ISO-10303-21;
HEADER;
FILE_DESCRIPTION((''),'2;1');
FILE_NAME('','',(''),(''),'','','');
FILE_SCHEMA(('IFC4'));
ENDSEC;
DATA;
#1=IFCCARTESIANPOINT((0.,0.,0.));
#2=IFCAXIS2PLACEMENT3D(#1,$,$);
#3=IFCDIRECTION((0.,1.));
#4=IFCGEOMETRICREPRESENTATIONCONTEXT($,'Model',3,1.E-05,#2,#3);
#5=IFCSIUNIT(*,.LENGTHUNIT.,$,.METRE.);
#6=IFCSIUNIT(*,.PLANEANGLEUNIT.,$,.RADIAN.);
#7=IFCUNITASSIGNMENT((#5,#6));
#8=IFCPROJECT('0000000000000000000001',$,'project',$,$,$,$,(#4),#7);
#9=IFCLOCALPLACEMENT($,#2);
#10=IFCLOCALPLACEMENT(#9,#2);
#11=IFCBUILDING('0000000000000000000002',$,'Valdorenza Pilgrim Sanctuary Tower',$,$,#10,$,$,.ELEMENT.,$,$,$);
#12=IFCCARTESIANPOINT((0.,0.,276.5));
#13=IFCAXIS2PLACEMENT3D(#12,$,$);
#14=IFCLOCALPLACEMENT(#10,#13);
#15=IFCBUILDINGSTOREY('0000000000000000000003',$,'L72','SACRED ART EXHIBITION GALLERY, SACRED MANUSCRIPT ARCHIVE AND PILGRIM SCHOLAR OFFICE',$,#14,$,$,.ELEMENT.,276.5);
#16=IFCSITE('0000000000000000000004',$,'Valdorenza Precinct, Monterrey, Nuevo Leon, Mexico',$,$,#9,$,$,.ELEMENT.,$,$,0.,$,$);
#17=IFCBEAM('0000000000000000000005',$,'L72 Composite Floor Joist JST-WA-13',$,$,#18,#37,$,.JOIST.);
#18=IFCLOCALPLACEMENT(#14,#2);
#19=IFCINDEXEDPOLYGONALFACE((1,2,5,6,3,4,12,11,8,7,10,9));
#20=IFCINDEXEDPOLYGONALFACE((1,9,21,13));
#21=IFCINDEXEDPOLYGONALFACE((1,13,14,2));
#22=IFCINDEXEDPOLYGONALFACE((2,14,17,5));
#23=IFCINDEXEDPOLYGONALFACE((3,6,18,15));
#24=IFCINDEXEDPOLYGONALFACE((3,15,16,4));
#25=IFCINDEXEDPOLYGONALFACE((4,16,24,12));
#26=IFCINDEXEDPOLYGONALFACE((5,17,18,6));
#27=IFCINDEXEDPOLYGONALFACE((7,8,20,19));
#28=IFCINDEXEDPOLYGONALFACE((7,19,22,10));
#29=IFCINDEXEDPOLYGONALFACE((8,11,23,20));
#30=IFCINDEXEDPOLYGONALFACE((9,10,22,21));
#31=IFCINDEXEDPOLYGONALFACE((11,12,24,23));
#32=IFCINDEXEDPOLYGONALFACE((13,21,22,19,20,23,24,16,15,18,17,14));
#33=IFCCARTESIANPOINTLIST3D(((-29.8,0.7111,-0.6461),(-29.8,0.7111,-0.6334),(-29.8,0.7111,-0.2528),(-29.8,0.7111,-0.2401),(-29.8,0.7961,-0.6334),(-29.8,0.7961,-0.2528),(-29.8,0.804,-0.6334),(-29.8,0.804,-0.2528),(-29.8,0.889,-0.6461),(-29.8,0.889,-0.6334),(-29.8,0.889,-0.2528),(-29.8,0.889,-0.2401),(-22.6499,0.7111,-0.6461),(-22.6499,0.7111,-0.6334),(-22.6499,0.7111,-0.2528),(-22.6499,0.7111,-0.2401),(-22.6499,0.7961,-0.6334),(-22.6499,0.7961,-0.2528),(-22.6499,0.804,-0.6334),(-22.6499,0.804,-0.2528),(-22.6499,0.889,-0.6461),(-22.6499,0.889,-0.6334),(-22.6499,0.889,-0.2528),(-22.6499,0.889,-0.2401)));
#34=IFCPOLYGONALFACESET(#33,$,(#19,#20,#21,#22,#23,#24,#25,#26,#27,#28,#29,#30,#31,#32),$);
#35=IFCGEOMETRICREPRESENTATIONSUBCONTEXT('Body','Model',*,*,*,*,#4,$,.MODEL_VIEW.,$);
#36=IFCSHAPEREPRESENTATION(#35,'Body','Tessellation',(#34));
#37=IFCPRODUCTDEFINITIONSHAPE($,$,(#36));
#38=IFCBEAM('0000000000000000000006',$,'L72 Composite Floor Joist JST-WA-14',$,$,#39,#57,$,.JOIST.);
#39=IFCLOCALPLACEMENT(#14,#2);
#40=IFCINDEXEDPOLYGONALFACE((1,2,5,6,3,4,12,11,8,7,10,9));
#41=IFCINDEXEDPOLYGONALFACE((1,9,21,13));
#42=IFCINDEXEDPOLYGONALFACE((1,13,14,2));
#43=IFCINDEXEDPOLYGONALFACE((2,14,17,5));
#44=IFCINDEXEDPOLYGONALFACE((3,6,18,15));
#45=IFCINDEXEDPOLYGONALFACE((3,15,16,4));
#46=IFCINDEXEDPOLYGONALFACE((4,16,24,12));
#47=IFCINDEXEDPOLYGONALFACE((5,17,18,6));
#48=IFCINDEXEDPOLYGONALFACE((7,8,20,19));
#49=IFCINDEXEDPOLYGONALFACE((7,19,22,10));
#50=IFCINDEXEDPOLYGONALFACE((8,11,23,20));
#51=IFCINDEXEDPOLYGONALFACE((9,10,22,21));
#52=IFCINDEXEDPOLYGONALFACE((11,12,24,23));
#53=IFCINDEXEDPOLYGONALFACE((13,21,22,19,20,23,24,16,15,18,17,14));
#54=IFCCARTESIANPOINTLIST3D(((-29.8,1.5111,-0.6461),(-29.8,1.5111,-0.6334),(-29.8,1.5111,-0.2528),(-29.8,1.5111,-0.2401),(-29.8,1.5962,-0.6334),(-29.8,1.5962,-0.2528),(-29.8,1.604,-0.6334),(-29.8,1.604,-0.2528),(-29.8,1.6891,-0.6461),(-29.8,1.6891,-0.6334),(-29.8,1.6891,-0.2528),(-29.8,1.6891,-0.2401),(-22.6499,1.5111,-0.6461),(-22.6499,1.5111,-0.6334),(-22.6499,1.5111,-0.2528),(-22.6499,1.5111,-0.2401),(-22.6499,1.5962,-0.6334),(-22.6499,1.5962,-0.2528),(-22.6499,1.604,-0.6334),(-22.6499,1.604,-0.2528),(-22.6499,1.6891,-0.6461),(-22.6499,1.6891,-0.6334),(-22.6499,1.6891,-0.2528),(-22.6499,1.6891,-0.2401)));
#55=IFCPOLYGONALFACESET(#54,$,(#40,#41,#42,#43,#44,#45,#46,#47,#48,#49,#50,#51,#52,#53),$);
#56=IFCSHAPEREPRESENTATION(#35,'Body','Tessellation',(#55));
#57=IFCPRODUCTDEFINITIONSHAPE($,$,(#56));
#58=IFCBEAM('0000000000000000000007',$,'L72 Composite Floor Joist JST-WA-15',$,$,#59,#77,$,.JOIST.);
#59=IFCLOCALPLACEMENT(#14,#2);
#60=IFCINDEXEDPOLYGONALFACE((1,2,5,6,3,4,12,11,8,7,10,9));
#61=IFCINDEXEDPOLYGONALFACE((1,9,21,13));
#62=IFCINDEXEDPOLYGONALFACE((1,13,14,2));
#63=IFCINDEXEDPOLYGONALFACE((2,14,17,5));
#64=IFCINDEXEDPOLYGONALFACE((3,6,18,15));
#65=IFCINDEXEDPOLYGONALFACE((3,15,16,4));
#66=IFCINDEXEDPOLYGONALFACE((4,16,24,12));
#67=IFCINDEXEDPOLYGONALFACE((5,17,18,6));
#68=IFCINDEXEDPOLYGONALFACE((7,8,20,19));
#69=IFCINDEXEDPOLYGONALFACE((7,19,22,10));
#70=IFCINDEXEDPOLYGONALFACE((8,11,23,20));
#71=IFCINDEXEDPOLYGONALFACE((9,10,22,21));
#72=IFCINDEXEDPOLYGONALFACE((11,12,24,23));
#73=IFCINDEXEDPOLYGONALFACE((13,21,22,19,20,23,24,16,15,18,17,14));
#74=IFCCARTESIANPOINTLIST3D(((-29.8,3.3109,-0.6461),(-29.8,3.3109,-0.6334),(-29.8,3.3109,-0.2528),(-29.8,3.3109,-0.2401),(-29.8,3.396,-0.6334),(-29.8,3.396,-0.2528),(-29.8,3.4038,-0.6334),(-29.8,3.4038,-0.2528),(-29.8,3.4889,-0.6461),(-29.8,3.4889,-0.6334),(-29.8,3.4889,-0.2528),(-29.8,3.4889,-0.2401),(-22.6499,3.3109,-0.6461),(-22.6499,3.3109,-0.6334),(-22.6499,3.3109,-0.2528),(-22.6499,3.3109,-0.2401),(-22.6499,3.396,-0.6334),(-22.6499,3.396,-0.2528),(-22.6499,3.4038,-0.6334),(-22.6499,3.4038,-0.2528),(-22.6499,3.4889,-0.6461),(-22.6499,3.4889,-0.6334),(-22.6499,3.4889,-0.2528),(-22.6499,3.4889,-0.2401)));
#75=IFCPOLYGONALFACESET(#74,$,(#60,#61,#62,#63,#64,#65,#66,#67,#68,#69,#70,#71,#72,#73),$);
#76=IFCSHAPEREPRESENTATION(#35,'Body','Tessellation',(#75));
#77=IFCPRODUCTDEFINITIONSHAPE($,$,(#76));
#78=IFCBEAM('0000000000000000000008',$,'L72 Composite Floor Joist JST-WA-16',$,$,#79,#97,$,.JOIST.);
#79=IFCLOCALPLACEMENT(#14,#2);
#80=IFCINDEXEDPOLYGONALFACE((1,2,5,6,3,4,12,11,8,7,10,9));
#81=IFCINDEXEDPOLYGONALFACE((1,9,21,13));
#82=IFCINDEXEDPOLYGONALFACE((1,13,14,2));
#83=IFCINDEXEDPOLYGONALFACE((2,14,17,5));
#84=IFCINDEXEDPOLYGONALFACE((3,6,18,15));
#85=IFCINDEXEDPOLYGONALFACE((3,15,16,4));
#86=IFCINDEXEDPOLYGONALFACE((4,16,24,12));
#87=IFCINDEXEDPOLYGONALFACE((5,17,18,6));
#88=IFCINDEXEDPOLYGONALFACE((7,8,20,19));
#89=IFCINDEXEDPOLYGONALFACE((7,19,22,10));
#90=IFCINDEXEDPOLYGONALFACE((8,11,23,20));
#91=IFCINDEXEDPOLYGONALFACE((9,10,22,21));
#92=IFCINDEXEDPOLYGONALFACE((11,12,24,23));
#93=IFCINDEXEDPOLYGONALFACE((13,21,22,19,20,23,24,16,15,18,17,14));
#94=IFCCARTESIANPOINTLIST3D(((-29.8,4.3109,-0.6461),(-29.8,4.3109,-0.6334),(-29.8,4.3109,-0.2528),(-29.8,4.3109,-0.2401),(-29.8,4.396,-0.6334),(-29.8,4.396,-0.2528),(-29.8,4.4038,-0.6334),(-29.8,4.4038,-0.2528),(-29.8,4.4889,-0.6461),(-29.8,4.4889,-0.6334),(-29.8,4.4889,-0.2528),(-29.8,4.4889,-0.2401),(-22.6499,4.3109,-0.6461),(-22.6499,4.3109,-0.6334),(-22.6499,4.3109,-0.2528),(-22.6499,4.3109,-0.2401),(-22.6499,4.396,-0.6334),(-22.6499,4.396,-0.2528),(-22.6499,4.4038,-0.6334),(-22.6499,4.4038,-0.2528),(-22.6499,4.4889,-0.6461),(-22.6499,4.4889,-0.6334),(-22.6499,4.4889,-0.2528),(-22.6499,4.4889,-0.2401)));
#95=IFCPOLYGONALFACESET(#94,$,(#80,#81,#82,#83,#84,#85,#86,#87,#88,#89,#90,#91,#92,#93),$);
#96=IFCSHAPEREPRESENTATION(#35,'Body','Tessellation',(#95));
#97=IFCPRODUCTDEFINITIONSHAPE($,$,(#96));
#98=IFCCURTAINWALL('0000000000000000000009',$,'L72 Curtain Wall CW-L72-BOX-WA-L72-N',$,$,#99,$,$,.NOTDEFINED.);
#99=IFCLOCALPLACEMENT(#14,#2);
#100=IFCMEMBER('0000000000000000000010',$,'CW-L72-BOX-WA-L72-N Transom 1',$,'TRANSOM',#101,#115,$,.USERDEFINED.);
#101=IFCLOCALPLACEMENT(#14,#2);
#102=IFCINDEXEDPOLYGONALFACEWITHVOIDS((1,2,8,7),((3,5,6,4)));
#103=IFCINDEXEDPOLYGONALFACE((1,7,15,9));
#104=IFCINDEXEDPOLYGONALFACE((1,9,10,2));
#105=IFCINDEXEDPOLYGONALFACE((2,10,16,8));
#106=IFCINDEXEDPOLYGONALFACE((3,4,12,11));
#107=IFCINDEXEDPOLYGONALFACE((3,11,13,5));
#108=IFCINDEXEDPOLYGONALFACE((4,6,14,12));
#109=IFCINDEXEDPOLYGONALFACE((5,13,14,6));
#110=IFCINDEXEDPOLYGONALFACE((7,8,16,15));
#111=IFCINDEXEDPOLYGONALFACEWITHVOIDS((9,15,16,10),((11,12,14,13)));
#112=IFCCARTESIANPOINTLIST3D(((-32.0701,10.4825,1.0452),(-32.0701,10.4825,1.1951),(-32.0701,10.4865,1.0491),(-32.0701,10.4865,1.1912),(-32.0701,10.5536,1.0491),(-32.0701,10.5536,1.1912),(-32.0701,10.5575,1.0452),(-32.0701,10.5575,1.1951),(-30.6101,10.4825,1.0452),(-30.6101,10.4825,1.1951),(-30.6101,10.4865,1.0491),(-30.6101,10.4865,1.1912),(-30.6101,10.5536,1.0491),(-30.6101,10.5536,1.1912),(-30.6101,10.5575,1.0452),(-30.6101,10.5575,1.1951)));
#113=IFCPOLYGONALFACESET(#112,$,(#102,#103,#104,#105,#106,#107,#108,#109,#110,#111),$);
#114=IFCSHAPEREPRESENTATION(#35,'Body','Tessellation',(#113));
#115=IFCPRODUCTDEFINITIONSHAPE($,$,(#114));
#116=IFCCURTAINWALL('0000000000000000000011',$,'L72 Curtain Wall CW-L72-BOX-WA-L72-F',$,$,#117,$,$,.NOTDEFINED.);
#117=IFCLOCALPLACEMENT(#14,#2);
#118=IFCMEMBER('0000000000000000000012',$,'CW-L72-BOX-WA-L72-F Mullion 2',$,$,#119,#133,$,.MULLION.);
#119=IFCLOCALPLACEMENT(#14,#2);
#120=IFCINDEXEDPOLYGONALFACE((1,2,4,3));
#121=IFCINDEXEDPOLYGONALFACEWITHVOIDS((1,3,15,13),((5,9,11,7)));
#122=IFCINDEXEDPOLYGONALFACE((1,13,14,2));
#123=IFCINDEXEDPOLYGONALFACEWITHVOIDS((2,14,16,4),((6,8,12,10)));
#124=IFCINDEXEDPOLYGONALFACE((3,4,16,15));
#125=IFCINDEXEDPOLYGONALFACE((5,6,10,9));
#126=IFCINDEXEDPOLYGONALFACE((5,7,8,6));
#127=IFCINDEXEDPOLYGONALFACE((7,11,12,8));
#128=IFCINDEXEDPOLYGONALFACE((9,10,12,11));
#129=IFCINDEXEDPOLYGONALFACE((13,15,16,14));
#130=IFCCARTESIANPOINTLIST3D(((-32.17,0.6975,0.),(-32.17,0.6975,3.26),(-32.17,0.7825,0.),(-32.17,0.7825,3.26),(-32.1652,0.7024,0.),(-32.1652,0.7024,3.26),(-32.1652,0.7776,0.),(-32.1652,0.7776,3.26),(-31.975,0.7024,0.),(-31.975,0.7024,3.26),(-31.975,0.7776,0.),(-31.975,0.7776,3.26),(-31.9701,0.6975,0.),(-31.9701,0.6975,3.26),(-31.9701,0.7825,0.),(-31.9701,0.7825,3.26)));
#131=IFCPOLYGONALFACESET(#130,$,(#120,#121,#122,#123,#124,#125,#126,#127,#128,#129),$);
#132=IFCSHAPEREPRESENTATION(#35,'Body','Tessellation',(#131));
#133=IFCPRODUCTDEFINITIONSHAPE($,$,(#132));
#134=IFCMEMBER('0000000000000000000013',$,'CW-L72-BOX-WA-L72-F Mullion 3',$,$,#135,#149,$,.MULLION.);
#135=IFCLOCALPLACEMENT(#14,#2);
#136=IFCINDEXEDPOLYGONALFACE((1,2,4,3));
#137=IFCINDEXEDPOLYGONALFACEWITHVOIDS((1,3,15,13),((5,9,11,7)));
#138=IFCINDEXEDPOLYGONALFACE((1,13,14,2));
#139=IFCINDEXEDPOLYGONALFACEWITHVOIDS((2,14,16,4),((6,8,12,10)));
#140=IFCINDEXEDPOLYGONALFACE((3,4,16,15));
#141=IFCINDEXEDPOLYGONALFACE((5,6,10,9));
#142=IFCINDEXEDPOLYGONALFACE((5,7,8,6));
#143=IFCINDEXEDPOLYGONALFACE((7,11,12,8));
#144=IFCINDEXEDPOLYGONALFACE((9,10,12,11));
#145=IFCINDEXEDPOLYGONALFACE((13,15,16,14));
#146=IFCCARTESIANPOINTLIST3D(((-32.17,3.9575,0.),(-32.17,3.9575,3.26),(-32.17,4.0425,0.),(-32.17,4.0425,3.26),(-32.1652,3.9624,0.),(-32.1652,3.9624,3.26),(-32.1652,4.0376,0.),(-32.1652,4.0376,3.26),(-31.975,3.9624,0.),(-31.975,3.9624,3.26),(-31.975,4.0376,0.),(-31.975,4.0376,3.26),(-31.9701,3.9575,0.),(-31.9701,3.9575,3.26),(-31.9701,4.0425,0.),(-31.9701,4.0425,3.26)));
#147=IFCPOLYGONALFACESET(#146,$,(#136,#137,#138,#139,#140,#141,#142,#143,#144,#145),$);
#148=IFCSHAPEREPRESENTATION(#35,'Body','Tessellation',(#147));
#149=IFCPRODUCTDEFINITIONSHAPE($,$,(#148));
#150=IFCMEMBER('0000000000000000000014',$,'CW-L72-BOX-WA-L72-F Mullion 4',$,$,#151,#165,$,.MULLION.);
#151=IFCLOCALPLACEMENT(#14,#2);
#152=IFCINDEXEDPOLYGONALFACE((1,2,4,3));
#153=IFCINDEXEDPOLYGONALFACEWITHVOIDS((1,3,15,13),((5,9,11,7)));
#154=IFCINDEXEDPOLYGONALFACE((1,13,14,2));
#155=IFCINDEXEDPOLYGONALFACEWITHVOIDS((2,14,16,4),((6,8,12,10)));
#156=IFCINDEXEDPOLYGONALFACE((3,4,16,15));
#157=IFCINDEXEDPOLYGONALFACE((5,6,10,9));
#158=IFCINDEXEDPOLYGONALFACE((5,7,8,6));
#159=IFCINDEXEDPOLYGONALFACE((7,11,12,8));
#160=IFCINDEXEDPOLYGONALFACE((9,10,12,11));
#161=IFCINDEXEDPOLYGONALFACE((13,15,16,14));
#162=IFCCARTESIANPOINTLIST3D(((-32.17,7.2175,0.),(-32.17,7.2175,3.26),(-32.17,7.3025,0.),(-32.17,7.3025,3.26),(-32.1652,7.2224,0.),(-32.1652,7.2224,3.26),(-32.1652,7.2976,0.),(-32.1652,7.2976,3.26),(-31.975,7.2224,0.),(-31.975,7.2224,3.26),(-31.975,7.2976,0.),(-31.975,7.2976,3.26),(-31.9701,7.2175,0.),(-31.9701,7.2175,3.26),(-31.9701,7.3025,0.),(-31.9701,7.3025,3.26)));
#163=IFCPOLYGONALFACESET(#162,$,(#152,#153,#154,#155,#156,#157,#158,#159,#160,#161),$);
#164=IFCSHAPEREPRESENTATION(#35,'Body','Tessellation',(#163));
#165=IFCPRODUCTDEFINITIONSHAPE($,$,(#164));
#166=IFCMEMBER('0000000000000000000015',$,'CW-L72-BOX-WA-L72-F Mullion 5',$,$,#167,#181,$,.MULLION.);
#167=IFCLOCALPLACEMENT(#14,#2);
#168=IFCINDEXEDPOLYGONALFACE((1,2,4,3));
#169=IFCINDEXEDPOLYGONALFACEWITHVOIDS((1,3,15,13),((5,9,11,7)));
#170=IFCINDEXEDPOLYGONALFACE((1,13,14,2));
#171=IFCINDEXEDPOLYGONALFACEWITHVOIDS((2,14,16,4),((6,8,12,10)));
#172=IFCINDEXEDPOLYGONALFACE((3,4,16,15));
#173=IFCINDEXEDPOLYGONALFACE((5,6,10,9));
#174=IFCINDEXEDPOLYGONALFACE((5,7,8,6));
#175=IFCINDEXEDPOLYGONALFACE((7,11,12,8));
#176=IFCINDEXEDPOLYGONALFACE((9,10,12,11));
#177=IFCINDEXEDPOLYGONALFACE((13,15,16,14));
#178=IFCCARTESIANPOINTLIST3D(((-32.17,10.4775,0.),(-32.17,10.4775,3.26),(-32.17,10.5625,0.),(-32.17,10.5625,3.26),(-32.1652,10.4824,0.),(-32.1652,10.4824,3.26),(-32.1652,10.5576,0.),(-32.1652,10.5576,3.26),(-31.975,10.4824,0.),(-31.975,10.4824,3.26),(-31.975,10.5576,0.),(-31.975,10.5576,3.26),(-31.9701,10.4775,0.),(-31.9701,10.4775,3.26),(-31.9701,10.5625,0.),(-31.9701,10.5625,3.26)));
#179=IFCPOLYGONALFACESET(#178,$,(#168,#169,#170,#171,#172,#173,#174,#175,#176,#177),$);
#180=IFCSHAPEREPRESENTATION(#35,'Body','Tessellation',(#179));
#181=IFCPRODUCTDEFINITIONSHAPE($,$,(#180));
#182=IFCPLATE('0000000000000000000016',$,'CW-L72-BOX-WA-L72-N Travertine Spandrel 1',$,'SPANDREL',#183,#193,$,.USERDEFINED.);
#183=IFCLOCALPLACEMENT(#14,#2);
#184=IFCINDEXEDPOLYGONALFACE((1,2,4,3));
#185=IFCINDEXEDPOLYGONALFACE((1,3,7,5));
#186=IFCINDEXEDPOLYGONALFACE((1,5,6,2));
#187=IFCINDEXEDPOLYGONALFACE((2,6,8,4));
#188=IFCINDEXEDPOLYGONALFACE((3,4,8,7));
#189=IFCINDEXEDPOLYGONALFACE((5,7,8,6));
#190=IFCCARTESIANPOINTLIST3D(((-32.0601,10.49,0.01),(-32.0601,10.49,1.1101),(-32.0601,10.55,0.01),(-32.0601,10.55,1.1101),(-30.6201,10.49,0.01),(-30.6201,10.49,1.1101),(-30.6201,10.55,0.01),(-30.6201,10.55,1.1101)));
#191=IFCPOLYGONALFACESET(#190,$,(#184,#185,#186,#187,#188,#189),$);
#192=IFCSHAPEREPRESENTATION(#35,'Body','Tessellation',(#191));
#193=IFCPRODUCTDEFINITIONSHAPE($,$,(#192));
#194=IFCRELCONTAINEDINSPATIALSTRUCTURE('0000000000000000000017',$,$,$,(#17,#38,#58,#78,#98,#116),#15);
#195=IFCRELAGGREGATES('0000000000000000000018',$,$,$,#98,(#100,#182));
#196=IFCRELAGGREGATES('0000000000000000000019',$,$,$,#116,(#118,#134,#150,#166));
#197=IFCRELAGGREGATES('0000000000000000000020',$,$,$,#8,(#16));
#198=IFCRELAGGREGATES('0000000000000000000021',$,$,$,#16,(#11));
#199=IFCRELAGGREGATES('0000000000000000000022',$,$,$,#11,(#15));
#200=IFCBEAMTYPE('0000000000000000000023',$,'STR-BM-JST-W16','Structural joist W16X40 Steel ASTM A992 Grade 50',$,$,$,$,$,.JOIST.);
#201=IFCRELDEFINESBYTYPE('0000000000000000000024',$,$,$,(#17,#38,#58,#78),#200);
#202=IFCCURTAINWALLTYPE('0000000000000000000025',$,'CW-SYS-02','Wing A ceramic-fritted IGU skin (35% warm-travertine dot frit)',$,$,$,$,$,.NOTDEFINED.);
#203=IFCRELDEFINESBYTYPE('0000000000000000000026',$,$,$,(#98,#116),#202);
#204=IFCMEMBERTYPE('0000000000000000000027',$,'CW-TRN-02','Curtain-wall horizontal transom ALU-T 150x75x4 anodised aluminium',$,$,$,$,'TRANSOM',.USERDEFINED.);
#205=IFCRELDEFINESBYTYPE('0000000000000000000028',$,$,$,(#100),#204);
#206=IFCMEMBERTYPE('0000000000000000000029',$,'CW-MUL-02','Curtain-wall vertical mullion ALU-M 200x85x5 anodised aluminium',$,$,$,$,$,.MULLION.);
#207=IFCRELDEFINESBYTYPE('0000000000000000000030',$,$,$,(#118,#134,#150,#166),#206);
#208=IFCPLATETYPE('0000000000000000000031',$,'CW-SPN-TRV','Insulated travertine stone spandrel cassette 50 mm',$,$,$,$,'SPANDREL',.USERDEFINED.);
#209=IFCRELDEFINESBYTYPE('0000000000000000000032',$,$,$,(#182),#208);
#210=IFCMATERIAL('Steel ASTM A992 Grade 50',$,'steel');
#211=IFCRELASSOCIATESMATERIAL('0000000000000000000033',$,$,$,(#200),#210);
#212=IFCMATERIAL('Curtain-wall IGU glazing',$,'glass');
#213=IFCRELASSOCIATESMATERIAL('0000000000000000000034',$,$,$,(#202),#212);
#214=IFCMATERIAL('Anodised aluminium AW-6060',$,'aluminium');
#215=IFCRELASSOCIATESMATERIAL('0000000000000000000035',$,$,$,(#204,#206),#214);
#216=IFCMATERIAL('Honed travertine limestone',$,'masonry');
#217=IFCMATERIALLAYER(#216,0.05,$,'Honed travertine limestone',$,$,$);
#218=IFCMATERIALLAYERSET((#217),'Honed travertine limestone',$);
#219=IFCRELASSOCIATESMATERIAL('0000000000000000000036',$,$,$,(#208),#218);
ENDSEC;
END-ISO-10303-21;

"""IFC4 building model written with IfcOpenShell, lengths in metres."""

from ifc_helpers import new_model, si_unit, direction, frame, origin, origin_2d, place, context, subcontext, project, spatial, rectangle, hollow_rectangle, i_section, extrude, source, transform, mapped, material, layer, layer_set, material_profile, profile_set, type_object, element, aggregate, save


model = new_model("IFC4")

# Units and contexts
model_context = context("Model", 3, precision=1e-05, world=origin(), true_north=direction((0.0, 1.0)))
body_context = subcontext(model_context, "Body", "Model", "MODEL_VIEW")
ifc_project = project(units=[si_unit("LENGTHUNIT", "METRE"), si_unit("PLANEANGLEUNIT", "RADIAN")], contexts=[model_context])

# Site, building, storey
site_placement = place(None, origin())
site = spatial("IfcSite", under=ifc_project, at=site_placement, Name="Valdorenza Precinct, Monterrey, Nuevo Leon, Mexico", CompositionType="ELEMENT", RefElevation=0.0)
building_placement = place(site_placement, origin())
building = spatial("IfcBuilding", under=site, at=building_placement, Name="Valdorenza Pilgrim Sanctuary Tower", CompositionType="ELEMENT")
storey_placement = place(building_placement, frame((0.0, 0.0, 276.5)))
storey = spatial("IfcBuildingStorey", under=building, at=storey_placement, Name="L72", Description="SACRED ART EXHIBITION GALLERY, SACRED MANUSCRIPT ARCHIVE AND PILGRIM SCHOLAR OFFICE", CompositionType="ELEMENT", Elevation=276.5)

# Beams
ifc_material_1 = material(Name="Steel ASTM A992 Grade 50", Category="steel")
ifc_material_profile_1 = material_profile(ifc_material_1, i_section(OverallWidth=0.178, OverallDepth=0.406, WebThickness=0.0078, FlangeThickness=0.0127, at=origin_2d()), Name="W16X40")
ifc_profile_set_1 = profile_set([ifc_material_profile_1], Name="Steel ASTM A992 Grade 50")
beam_type = type_object("IfcBeamType", Name="STR-BM-JST-W16", Description="Structural joist W16X40 Steel ASTM A992 Grade 50", PredefinedType="JOIST", material=ifc_profile_set_1)
shared_shape_1 = source(origin(), body_context, "Body", "SweptSolid", [
    extrude(i_section(OverallWidth=0.178, OverallDepth=0.406, WebThickness=0.0078, FlangeThickness=0.0127, at=origin_2d()), origin(), (0.0, 0.0, 1.0), 7.1501),
])
for number, where, z_axis, x_axis, name in (
    (1, (-29.8, 0.8, -0.4431), (1.0, 0.0, 0.0), (0.0, 1.0, 0.0), "L72 Composite Floor Joist JST-WA-13"),
    (2, (-29.8, 1.6001, -0.4431), (1.0, 0.0, 0.0), (0.0, 1.0, 0.0), "L72 Composite Floor Joist JST-WA-14"),
    (3, (-29.8, 3.3999, -0.4431), (1.0, 0.0, 0.0), (0.0, 1.0, 0.0), "L72 Composite Floor Joist JST-WA-15"),
    (4, (-29.8, 4.3999, -0.4431), (1.0, 0.0, 0.0), (0.0, 1.0, 0.0), "L72 Composite Floor Joist JST-WA-16"),
):
    element("IfcBeam", number, at=place(storey_placement, frame(where, z_axis=z_axis, x_axis=x_axis)), inside=storey, type_object=beam_type, Name=name, PredefinedType="JOIST", context=body_context, shape_type="MappedRepresentation", body=[
        mapped(shared_shape_1, transform((0.0, 0.0, 0.0), x_axis=(1.0, 0.0, 0.0), y_axis=(0.0, 1.0, 0.0), z_axis=(0.0, 0.0, 1.0), scale=1.0)),
    ])

# Curtain wall, member
ifc_material_2 = material(Name="Curtain-wall IGU glazing", Category="glass")
curtain_wall_type = type_object("IfcCurtainWallType", Name="CW-SYS-02", Description="Wing A ceramic-fritted IGU skin (35% warm-travertine dot frit)", PredefinedType="NOTDEFINED", material=ifc_material_2)
curtain_wall_1_placement = place(storey_placement, origin())
curtain_wall_1 = element("IfcCurtainWall", 5, at=curtain_wall_1_placement, inside=storey, type_object=curtain_wall_type, Name="L72 Curtain Wall CW-L72-BOX-WA-L72-N", PredefinedType="NOTDEFINED")
ifc_material_3 = material(Name="Anodised aluminium AW-6060", Category="aluminium")
ifc_material_profile_2 = material_profile(ifc_material_3, hollow_rectangle(XDim=0.075, YDim=0.1499, WallThickness=0.0039, at=origin_2d()), Name="ALU-T 150x75x4")
ifc_profile_set_2 = profile_set([ifc_material_profile_2], Name="Anodised aluminium AW-6060")
member_type_1 = type_object("IfcMemberType", Name="CW-TRN-02", Description="Curtain-wall horizontal transom ALU-T 150x75x4 anodised aluminium", ElementType="TRANSOM", PredefinedType="USERDEFINED", material=ifc_profile_set_2)
shared_shape_2 = source(origin(), body_context, "Body", "SweptSolid", [
    extrude(hollow_rectangle(XDim=0.075, YDim=0.1499, WallThickness=0.0039, at=origin_2d()), origin(), (0.0, 0.0, 1.0), 1.46),
])
member_1_placement = place(storey_placement, frame((-32.0701, 10.52, 1.1201), z_axis=(1.0, 0.0, 0.0), x_axis=(0.0, 1.0, 0.0)))
member_1 = element("IfcMember", 6, at=member_1_placement, type_object=member_type_1, Name="CW-L72-BOX-WA-L72-N Transom 1", ObjectType="TRANSOM", PredefinedType="USERDEFINED", context=body_context, shape_type="MappedRepresentation", body=[
    mapped(shared_shape_2, transform((0.0, 0.0, 0.0), x_axis=(1.0, 0.0, 0.0), y_axis=(0.0, 1.0, 0.0), z_axis=(0.0, 0.0, 1.0), scale=1.0)),
])

# Curtain wall, members
curtain_wall_2_placement = place(storey_placement, origin())
curtain_wall_2 = element("IfcCurtainWall", 7, at=curtain_wall_2_placement, inside=storey, type_object=curtain_wall_type, Name="L72 Curtain Wall CW-L72-BOX-WA-L72-F", PredefinedType="NOTDEFINED")
ifc_material_profile_3 = material_profile(ifc_material_3, hollow_rectangle(XDim=0.085, YDim=0.2, WallThickness=0.0049, at=origin_2d()), Name="ALU-M 200x85x5")
ifc_profile_set_3 = profile_set([ifc_material_profile_3], Name="Anodised aluminium AW-6060")
member_type_2 = type_object("IfcMemberType", Name="CW-MUL-02", Description="Curtain-wall vertical mullion ALU-M 200x85x5 anodised aluminium", PredefinedType="MULLION", material=ifc_profile_set_3)
shared_shape_3 = source(origin(), body_context, "Body", "SweptSolid", [
    extrude(hollow_rectangle(XDim=0.085, YDim=0.2, WallThickness=0.0049, at=origin_2d()), origin(), (0.0, 0.0, 1.0), 3.26),
])
member_2_placement = place(storey_placement, frame((-32.0701, 0.74, 0.0), z_axis=(0.0, 0.0, 1.0), x_axis=(0.0, 1.0, 0.0)))
member_2 = element("IfcMember", 8, at=member_2_placement, type_object=member_type_2, Name="CW-L72-BOX-WA-L72-F Mullion 2", PredefinedType="MULLION", context=body_context, shape_type="MappedRepresentation", body=[
    mapped(shared_shape_3, transform((0.0, 0.0, 0.0), x_axis=(1.0, 0.0, 0.0), y_axis=(0.0, 1.0, 0.0), z_axis=(0.0, 0.0, 1.0), scale=1.0)),
])
member_3_placement = place(storey_placement, frame((-32.0701, 4.0, 0.0), z_axis=(0.0, 0.0, 1.0), x_axis=(0.0, 1.0, 0.0)))
member_3 = element("IfcMember", 9, at=member_3_placement, type_object=member_type_2, Name="CW-L72-BOX-WA-L72-F Mullion 3", PredefinedType="MULLION", context=body_context, shape_type="MappedRepresentation", body=[
    mapped(shared_shape_3, transform((0.0, 0.0, 0.0), x_axis=(1.0, 0.0, 0.0), y_axis=(0.0, 1.0, 0.0), z_axis=(0.0, 0.0, 1.0), scale=1.0)),
])
member_4_placement = place(storey_placement, frame((-32.0701, 7.26, 0.0), z_axis=(0.0, 0.0, 1.0), x_axis=(0.0, 1.0, 0.0)))
member_4 = element("IfcMember", 10, at=member_4_placement, type_object=member_type_2, Name="CW-L72-BOX-WA-L72-F Mullion 4", PredefinedType="MULLION", context=body_context, shape_type="MappedRepresentation", body=[
    mapped(shared_shape_3, transform((0.0, 0.0, 0.0), x_axis=(1.0, 0.0, 0.0), y_axis=(0.0, 1.0, 0.0), z_axis=(0.0, 0.0, 1.0), scale=1.0)),
])
member_5_placement = place(storey_placement, frame((-32.0701, 10.52, 0.0), z_axis=(0.0, 0.0, 1.0), x_axis=(0.0, 1.0, 0.0)))
member_5 = element("IfcMember", 11, at=member_5_placement, type_object=member_type_2, Name="CW-L72-BOX-WA-L72-F Mullion 5", PredefinedType="MULLION", context=body_context, shape_type="MappedRepresentation", body=[
    mapped(shared_shape_3, transform((0.0, 0.0, 0.0), x_axis=(1.0, 0.0, 0.0), y_axis=(0.0, 1.0, 0.0), z_axis=(0.0, 0.0, 1.0), scale=1.0)),
])

# Plate
ifc_material_4 = material(Name="Honed travertine limestone", Category="masonry")
ifc_layer_1 = layer(ifc_material_4, 0.05, Name="Honed travertine limestone")
ifc_layer_set_1 = layer_set([ifc_layer_1], Name="Honed travertine limestone")
plate_type_1 = type_object("IfcPlateType", Name="CW-SPN-TRV", Description="Insulated travertine stone spandrel cassette 50 mm", ElementType="SPANDREL", PredefinedType="USERDEFINED", material=ifc_layer_set_1)
shared_shape_4 = source(origin(), body_context, "Body", "SweptSolid", [
    extrude(rectangle(XDim=1.4399, YDim=0.0601, at=origin_2d()), origin(), (0.0, 0.0, 1.0), 1.1001),
])
plate_1_placement = place(storey_placement, frame((-31.3401, 10.52, 0.01), z_axis=(0.0, 0.0, 1.0), x_axis=(1.0, 0.0, 0.0)))
plate_1 = element("IfcPlate", 12, at=plate_1_placement, type_object=plate_type_1, Name="CW-L72-BOX-WA-L72-N Travertine Spandrel 1", ObjectType="SPANDREL", PredefinedType="USERDEFINED", context=body_context, shape_type="MappedRepresentation", body=[
    mapped(shared_shape_4, transform((0.0, 0.0, 0.0), x_axis=(1.0, 0.0, 0.0), y_axis=(0.0, 1.0, 0.0), z_axis=(0.0, 0.0, 1.0), scale=1.0)),
])
aggregate(curtain_wall_1, [member_1, plate_1])
aggregate(curtain_wall_2, [member_2, member_3, member_4, member_5])

save(model, "model.ifc")
